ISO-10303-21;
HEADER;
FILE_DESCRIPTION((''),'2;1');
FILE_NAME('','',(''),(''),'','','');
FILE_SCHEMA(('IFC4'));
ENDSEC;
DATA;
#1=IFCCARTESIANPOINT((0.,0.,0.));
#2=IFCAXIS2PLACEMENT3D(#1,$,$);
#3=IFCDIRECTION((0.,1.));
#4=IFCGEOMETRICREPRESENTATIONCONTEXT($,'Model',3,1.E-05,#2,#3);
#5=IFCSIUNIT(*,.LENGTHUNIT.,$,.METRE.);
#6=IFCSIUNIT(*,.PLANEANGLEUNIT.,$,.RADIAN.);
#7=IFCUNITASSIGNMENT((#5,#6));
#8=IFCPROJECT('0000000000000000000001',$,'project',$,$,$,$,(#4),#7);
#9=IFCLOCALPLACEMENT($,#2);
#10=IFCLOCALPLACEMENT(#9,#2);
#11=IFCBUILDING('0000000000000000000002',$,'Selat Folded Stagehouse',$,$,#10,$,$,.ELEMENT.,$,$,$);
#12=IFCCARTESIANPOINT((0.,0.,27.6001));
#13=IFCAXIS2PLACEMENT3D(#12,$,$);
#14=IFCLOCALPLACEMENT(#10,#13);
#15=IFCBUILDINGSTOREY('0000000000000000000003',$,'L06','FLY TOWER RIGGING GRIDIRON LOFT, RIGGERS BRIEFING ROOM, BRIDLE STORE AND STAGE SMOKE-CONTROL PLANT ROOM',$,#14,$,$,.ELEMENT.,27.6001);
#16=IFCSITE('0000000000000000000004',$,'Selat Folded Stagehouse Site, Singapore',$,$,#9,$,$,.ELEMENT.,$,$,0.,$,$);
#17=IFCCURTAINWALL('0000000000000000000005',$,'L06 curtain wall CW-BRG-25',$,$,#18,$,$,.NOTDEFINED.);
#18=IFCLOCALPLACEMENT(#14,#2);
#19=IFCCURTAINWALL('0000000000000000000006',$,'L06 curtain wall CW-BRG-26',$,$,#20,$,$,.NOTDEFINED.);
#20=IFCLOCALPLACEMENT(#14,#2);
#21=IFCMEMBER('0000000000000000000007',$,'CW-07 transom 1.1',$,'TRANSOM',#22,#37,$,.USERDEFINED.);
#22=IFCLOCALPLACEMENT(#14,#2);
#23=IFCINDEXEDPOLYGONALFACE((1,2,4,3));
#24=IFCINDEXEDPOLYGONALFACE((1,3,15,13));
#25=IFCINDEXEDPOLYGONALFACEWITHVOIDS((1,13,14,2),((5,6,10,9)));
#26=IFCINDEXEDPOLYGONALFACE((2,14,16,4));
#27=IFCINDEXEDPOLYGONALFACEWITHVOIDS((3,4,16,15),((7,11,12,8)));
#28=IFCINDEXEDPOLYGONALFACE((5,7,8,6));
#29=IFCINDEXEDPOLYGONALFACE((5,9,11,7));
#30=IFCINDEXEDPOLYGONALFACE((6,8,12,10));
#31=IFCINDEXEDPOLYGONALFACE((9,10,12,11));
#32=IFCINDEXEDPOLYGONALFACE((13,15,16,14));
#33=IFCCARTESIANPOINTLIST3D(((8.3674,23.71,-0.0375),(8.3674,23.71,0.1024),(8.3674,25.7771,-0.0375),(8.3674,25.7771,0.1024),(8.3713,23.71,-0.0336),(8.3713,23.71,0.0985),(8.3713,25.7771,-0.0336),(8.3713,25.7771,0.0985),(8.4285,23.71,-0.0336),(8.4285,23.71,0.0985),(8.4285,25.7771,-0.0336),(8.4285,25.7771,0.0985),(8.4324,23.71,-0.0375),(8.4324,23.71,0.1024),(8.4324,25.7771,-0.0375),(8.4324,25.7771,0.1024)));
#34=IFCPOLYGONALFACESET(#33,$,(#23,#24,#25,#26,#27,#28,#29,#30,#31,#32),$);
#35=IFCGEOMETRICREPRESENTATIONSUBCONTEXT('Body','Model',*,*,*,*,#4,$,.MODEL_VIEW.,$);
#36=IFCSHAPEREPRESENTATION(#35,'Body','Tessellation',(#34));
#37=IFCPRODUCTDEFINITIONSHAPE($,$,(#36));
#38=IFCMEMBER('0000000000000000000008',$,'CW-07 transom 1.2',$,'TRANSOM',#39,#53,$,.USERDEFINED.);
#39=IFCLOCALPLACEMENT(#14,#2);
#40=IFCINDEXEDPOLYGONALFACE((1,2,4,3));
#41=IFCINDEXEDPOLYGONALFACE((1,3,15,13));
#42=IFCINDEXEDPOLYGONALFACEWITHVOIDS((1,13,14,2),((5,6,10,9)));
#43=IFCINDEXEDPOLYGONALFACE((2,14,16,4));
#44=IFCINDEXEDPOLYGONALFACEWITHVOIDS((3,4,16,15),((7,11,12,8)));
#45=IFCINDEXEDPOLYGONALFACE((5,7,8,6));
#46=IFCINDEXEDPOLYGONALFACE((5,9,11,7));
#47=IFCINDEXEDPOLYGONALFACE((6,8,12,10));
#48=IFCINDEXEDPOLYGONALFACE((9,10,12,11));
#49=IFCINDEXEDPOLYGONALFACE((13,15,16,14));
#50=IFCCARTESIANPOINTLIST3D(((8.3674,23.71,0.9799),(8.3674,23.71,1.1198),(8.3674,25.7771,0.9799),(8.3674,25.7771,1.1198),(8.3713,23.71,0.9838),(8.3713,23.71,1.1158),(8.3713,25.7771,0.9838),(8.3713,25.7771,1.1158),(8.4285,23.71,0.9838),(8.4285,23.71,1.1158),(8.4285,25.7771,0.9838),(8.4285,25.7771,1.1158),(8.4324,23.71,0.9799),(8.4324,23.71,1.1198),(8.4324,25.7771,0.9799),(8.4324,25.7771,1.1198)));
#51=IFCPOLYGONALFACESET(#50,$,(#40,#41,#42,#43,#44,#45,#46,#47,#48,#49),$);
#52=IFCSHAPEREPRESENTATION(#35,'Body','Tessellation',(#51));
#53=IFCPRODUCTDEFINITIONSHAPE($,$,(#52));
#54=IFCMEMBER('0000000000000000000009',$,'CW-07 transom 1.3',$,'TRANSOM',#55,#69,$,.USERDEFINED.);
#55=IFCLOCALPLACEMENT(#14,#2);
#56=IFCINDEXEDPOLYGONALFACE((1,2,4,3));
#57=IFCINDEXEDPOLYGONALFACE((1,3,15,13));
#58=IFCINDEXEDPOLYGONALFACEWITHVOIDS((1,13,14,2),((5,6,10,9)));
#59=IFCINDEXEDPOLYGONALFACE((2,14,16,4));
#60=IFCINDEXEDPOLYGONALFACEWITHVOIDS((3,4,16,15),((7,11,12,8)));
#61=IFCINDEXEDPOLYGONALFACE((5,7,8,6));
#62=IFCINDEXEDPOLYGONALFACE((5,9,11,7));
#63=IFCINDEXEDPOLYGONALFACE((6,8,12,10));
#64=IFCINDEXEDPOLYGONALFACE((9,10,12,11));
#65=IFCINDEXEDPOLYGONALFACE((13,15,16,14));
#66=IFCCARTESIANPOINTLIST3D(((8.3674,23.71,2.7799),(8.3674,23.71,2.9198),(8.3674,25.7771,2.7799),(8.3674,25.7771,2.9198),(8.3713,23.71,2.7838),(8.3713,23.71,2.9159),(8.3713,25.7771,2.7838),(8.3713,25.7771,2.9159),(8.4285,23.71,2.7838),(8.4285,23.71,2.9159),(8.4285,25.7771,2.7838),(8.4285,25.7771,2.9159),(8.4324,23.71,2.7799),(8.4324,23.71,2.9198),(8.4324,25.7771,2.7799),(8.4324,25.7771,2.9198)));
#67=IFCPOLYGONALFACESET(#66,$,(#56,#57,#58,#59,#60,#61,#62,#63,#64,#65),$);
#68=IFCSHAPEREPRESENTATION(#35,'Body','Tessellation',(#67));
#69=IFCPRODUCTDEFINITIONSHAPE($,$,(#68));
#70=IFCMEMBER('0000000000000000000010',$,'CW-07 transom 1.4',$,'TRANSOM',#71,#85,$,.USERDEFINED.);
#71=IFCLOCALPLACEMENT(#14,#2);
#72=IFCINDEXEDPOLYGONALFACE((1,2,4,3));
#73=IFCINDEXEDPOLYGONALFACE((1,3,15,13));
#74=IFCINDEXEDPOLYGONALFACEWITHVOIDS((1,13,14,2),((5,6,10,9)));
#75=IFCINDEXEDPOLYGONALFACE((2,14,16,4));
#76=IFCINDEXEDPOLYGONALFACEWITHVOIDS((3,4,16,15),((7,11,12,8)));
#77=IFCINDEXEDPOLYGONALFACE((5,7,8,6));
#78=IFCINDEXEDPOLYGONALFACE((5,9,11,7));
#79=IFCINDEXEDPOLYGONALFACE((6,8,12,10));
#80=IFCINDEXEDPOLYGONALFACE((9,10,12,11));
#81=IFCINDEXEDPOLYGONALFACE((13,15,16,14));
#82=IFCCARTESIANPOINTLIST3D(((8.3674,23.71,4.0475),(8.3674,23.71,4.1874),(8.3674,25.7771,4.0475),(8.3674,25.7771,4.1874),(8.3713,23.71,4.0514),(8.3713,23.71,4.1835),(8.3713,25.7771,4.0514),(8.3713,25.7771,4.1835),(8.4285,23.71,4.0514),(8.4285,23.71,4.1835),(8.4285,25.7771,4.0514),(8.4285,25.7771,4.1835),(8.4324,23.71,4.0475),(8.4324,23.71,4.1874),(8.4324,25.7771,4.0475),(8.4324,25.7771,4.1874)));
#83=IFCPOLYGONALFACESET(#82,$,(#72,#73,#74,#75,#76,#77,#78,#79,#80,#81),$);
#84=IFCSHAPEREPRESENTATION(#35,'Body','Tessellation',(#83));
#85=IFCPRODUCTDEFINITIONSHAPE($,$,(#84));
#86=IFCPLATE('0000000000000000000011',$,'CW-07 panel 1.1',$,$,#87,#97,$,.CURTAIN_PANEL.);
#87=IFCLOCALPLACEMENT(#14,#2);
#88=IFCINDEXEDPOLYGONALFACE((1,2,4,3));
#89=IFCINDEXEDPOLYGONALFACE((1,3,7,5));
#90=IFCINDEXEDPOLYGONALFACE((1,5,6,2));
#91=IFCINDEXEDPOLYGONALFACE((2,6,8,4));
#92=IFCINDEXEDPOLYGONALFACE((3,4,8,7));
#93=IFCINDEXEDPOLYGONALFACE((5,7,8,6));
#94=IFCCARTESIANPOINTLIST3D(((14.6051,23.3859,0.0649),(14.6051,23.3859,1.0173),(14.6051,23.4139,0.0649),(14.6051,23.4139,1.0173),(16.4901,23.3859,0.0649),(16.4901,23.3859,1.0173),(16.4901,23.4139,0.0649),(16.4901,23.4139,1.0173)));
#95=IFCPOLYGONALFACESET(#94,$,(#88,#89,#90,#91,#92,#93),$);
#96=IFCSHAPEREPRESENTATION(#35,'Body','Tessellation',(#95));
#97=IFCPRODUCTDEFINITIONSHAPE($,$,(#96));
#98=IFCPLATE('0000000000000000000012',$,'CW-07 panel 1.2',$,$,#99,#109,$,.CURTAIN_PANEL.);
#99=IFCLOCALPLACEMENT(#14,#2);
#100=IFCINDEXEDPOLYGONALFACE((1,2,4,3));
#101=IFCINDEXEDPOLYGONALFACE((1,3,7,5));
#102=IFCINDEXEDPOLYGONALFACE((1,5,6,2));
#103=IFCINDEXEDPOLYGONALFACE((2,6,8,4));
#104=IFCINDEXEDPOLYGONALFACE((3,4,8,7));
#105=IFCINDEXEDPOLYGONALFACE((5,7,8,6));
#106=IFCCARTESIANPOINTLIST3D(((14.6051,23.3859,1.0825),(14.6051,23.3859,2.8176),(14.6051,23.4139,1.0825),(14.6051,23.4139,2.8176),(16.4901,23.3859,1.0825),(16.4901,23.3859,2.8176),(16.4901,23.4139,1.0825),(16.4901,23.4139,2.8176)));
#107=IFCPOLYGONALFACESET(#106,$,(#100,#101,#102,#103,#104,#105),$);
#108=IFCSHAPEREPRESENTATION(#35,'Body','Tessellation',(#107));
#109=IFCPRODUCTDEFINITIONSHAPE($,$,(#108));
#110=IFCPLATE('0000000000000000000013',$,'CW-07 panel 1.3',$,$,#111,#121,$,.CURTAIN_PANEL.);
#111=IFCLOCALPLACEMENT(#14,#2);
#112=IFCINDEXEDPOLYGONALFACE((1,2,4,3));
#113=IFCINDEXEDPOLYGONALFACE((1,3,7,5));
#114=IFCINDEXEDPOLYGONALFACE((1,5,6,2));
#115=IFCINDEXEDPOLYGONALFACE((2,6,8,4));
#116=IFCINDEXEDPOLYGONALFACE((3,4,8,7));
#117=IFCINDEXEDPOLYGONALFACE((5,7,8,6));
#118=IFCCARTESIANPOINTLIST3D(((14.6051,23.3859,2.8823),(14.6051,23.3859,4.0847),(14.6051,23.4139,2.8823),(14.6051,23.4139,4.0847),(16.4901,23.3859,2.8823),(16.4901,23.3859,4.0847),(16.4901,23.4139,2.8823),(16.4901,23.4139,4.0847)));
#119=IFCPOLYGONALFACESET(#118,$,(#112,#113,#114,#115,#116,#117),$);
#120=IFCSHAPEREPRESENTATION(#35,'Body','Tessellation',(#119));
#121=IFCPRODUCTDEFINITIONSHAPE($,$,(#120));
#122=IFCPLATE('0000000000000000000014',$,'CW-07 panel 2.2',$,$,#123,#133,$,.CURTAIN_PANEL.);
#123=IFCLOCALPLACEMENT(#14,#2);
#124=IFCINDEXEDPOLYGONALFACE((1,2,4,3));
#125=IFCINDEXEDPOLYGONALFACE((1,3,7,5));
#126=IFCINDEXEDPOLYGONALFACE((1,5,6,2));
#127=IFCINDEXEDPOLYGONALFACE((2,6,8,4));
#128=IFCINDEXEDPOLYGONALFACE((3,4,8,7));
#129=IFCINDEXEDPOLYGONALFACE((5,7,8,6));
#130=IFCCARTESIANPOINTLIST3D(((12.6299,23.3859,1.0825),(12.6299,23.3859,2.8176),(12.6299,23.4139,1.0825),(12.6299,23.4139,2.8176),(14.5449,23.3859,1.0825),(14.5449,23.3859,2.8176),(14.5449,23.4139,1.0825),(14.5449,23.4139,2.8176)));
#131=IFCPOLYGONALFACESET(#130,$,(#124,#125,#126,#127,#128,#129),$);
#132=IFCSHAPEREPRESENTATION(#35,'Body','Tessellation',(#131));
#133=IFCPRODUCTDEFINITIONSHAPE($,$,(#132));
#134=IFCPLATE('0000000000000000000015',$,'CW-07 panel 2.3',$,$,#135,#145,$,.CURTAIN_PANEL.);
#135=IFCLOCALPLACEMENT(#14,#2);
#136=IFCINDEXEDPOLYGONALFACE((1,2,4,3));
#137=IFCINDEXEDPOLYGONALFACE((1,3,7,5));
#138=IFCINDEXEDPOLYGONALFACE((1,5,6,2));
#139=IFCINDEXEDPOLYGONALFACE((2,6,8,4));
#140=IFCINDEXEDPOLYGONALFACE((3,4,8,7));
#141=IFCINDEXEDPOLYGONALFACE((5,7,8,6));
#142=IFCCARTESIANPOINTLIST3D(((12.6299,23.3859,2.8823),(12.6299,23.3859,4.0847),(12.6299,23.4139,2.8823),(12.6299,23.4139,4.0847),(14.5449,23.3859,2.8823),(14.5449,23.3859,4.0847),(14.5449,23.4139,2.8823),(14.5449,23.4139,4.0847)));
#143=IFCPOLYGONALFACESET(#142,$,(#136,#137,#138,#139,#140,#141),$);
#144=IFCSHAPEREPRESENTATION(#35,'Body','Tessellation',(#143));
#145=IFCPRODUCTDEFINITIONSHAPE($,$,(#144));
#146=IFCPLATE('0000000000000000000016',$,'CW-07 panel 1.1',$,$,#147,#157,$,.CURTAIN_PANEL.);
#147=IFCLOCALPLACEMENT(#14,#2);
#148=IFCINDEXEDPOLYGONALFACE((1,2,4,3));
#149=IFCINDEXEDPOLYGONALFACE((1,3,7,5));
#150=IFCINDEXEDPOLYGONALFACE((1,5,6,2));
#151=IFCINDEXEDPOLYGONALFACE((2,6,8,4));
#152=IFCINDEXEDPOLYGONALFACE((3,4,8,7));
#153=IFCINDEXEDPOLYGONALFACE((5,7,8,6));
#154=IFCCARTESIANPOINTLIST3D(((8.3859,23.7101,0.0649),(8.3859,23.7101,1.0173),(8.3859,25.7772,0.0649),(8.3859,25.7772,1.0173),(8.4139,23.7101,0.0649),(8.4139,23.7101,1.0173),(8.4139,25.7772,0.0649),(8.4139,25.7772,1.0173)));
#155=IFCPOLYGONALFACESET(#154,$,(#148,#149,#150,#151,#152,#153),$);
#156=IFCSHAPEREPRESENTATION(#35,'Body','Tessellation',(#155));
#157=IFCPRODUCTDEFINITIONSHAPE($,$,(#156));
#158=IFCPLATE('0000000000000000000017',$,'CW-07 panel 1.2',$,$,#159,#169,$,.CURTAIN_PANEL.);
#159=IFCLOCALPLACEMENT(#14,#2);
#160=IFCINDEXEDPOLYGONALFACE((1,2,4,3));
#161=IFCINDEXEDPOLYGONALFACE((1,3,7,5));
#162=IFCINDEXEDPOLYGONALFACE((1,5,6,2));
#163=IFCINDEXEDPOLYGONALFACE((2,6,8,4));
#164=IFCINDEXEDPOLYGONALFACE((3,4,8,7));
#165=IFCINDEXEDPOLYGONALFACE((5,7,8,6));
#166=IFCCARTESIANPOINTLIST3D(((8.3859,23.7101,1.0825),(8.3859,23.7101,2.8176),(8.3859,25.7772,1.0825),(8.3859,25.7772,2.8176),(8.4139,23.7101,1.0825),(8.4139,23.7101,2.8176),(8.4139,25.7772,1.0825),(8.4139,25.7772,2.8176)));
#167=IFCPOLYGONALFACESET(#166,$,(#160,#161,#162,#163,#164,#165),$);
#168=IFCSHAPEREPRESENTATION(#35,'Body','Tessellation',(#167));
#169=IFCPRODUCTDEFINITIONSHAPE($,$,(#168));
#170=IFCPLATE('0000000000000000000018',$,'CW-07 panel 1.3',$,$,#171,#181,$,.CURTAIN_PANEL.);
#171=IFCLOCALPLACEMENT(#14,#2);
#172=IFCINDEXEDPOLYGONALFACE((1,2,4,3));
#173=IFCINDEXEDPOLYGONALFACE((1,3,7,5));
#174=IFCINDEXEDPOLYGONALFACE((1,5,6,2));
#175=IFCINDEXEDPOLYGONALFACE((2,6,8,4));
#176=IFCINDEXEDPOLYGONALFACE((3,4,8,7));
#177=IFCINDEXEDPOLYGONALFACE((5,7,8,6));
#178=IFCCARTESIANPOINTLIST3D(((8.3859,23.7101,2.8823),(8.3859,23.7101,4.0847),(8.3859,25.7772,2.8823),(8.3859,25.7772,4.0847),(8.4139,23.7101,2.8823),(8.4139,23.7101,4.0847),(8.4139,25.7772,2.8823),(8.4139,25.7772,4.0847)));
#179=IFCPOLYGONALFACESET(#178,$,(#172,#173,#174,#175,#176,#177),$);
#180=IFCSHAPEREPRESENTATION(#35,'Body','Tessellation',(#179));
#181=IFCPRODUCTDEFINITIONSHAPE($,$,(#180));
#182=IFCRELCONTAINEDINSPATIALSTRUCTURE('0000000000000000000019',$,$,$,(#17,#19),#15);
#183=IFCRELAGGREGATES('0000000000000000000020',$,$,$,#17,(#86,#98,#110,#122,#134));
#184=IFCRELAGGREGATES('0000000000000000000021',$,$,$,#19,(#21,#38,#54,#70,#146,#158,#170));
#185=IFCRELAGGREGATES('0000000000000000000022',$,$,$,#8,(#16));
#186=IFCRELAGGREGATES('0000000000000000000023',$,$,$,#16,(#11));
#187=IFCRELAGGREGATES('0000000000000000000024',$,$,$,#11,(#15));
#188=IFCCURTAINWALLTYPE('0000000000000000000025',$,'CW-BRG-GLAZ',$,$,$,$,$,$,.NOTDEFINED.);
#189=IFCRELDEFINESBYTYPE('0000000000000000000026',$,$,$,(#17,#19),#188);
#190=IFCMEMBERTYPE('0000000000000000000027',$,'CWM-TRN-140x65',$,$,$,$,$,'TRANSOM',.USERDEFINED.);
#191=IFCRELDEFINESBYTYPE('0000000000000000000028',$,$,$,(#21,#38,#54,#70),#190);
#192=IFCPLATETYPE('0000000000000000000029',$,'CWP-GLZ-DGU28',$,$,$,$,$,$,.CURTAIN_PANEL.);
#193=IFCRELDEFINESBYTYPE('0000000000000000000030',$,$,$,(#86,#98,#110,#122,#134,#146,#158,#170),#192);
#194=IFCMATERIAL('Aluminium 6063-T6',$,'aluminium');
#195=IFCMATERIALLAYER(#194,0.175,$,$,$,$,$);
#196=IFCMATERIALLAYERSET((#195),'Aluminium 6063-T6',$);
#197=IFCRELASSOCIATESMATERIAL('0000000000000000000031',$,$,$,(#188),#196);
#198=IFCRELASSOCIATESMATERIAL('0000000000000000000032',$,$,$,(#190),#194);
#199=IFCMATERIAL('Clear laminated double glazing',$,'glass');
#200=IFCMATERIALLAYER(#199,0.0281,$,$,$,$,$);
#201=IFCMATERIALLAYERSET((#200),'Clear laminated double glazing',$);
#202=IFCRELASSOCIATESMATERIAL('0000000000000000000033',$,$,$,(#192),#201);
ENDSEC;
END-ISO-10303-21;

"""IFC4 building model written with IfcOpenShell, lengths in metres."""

from ifc_helpers import new_model, si_unit, direction, frame, origin, origin_2d, place, context, subcontext, project, spatial, rectangle, hollow_rectangle, extrude, material, layer, layer_set, material_profile, profile_set, type_object, element, aggregate, save


model = new_model("IFC4")

# Units and contexts
model_context = context("Model", 3, precision=1e-05, world=origin(), true_north=direction((0.0, 1.0)))
body_context = subcontext(model_context, "Body", "Model", "MODEL_VIEW")
ifc_project = project(units=[si_unit("LENGTHUNIT", "METRE"), si_unit("PLANEANGLEUNIT", "RADIAN")], contexts=[model_context])

# Site, building, storey
site_placement = place(None, origin())
site = spatial("IfcSite", under=ifc_project, at=site_placement, Name="Selat Folded Stagehouse Site, Singapore", CompositionType="ELEMENT", RefElevation=0.0)
building_placement = place(site_placement, origin())
building = spatial("IfcBuilding", under=site, at=building_placement, Name="Selat Folded Stagehouse", CompositionType="ELEMENT")
storey_placement = place(building_placement, frame((0.0, 0.0, 27.6001)))
storey = spatial("IfcBuildingStorey", under=building, at=storey_placement, Name="L06", Description="FLY TOWER RIGGING GRIDIRON LOFT, RIGGERS BRIEFING ROOM, BRIDLE STORE AND STAGE SMOKE-CONTROL PLANT ROOM", CompositionType="ELEMENT", Elevation=27.6001)

# Curtain wall
ifc_material_1 = material(Name="Aluminium 6063-T6", Category="aluminium")
ifc_layer_1 = layer(ifc_material_1, 0.175)
ifc_layer_set_1 = layer_set([ifc_layer_1], Name="Aluminium 6063-T6")
curtain_wall_type = type_object("IfcCurtainWallType", Name="CW-BRG-GLAZ", PredefinedType="NOTDEFINED", material=ifc_layer_set_1)
curtain_wall_1_placement = place(storey_placement, origin())
curtain_wall_1 = element("IfcCurtainWall", 1, at=curtain_wall_1_placement, inside=storey, type_object=curtain_wall_type, Name="L06 curtain wall CW-BRG-25", PredefinedType="NOTDEFINED")

# Curtain wall
curtain_wall_2_placement = place(storey_placement, origin())
curtain_wall_2 = element("IfcCurtainWall", 2, at=curtain_wall_2_placement, inside=storey, type_object=curtain_wall_type, Name="L06 curtain wall CW-BRG-26", PredefinedType="NOTDEFINED")

# Members
ifc_material_profile_1 = material_profile(ifc_material_1, hollow_rectangle(XDim=0.0649, YDim=0.1399, WallThickness=0.0039, at=origin_2d()), Name="ALU 140x65x4.0")
ifc_profile_set_1 = profile_set([ifc_material_profile_1], Name="Aluminium 6063-T6")
member_type_1 = type_object("IfcMemberType", Name="CWM-TRN-140x65", ElementType="TRANSOM", PredefinedType="USERDEFINED", material=ifc_profile_set_1)
member_1_placement = place(storey_placement, frame((8.3999, 23.71, 0.0325), z_axis=(0.0, 1.0, 0.0), x_axis=(-1.0, 0.0, 0.0)))
member_1 = element("IfcMember", 3, at=member_1_placement, type_object=member_type_1, Name="CW-07 transom 1.1", ObjectType="TRANSOM", PredefinedType="USERDEFINED", context=body_context, shape_type="SweptSolid", body=[
    extrude(hollow_rectangle(XDim=0.0649, YDim=0.1399, WallThickness=0.0039, at=origin_2d()), origin(), (0.0, 0.0, 1.0), 2.0671),
])
member_2_placement = place(storey_placement, frame((8.3999, 23.71, 1.0498), z_axis=(0.0, 1.0, 0.0), x_axis=(-1.0, 0.0, 0.0)))
member_2 = element("IfcMember", 4, at=member_2_placement, type_object=member_type_1, Name="CW-07 transom 1.2", ObjectType="TRANSOM", PredefinedType="USERDEFINED", context=body_context, shape_type="SweptSolid", body=[
    extrude(hollow_rectangle(XDim=0.0649, YDim=0.1399, WallThickness=0.0039, at=origin_2d()), origin(), (0.0, 0.0, 1.0), 2.0671),
])
member_3_placement = place(storey_placement, frame((8.3999, 23.71, 2.8499), z_axis=(0.0, 1.0, 0.0), x_axis=(-1.0, 0.0, 0.0)))
member_3 = element("IfcMember", 5, at=member_3_placement, type_object=member_type_1, Name="CW-07 transom 1.3", ObjectType="TRANSOM", PredefinedType="USERDEFINED", context=body_context, shape_type="SweptSolid", body=[
    extrude(hollow_rectangle(XDim=0.0649, YDim=0.1399, WallThickness=0.0039, at=origin_2d()), origin(), (0.0, 0.0, 1.0), 2.0671),
])
member_4_placement = place(storey_placement, frame((8.3999, 23.71, 4.1174), z_axis=(0.0, 1.0, 0.0), x_axis=(-1.0, 0.0, 0.0)))
member_4 = element("IfcMember", 6, at=member_4_placement, type_object=member_type_1, Name="CW-07 transom 1.4", ObjectType="TRANSOM", PredefinedType="USERDEFINED", context=body_context, shape_type="SweptSolid", body=[
    extrude(hollow_rectangle(XDim=0.0649, YDim=0.1399, WallThickness=0.0039, at=origin_2d()), origin(), (0.0, 0.0, 1.0), 2.0671),
])

# Plates
ifc_material_2 = material(Name="Clear laminated double glazing", Category="glass")
ifc_layer_2 = layer(ifc_material_2, 0.0281)
ifc_layer_set_2 = layer_set([ifc_layer_2], Name="Clear laminated double glazing")
plate_type = type_object("IfcPlateType", Name="CWP-GLZ-DGU28", PredefinedType="CURTAIN_PANEL", material=ifc_layer_set_2)
plate_1_placement = place(storey_placement, frame((15.5476, 23.3999, 0.0649), z_axis=(0.0, 0.0, 1.0), x_axis=(-1.0, 0.0, 0.0)))
plate_1 = element("IfcPlate", 7, at=plate_1_placement, type_object=plate_type, Name="CW-07 panel 1.1", PredefinedType="CURTAIN_PANEL", context=body_context, shape_type="SweptSolid", body=[
    extrude(rectangle(XDim=1.885, YDim=0.0281, at=origin_2d()), origin(), (0.0, 0.0, 1.0), 0.9524),
])
plate_2_placement = place(storey_placement, frame((15.5476, 23.3999, 1.0825), z_axis=(0.0, 0.0, 1.0), x_axis=(-1.0, 0.0, 0.0)))
plate_2 = element("IfcPlate", 8, at=plate_2_placement, type_object=plate_type, Name="CW-07 panel 1.2", PredefinedType="CURTAIN_PANEL", context=body_context, shape_type="SweptSolid", body=[
    extrude(rectangle(XDim=1.885, YDim=0.0281, at=origin_2d()), origin(), (0.0, 0.0, 1.0), 1.7351),
])
plate_3_placement = place(storey_placement, frame((15.5476, 23.3999, 2.8823), z_axis=(0.0, 0.0, 1.0), x_axis=(-1.0, 0.0, 0.0)))
plate_3 = element("IfcPlate", 9, at=plate_3_placement, type_object=plate_type, Name="CW-07 panel 1.3", PredefinedType="CURTAIN_PANEL", context=body_context, shape_type="SweptSolid", body=[
    extrude(rectangle(XDim=1.885, YDim=0.0281, at=origin_2d()), origin(), (0.0, 0.0, 1.0), 1.2024),
])
plate_4_placement = place(storey_placement, frame((13.5874, 23.3999, 1.0825), z_axis=(0.0, 0.0, 1.0), x_axis=(-1.0, 0.0, 0.0)))
plate_4 = element("IfcPlate", 10, at=plate_4_placement, type_object=plate_type, Name="CW-07 panel 2.2", PredefinedType="CURTAIN_PANEL", context=body_context, shape_type="SweptSolid", body=[
    extrude(rectangle(XDim=1.915, YDim=0.0281, at=origin_2d()), origin(), (0.0, 0.0, 1.0), 1.7351),
])
plate_5_placement = place(storey_placement, frame((13.5874, 23.3999, 2.8823), z_axis=(0.0, 0.0, 1.0), x_axis=(-1.0, 0.0, 0.0)))
plate_5 = element("IfcPlate", 11, at=plate_5_placement, type_object=plate_type, Name="CW-07 panel 2.3", PredefinedType="CURTAIN_PANEL", context=body_context, shape_type="SweptSolid", body=[
    extrude(rectangle(XDim=1.915, YDim=0.0281, at=origin_2d()), origin(), (0.0, 0.0, 1.0), 1.2024),
])
aggregate(curtain_wall_1, [plate_1, plate_2, plate_3, plate_4, plate_5])
plate_6_placement = place(storey_placement, frame((8.3999, 24.7437, 0.0649), z_axis=(0.0, 0.0, 1.0), x_axis=(0.0, 1.0, 0.0)))
plate_6 = element("IfcPlate", 12, at=plate_6_placement, type_object=plate_type, Name="CW-07 panel 1.1", PredefinedType="CURTAIN_PANEL", context=body_context, shape_type="SweptSolid", body=[
    extrude(rectangle(XDim=2.0671, YDim=0.0281, at=origin_2d()), origin(), (0.0, 0.0, 1.0), 0.9524),
])
plate_7_placement = place(storey_placement, frame((8.3999, 24.7437, 1.0825), z_axis=(0.0, 0.0, 1.0), x_axis=(0.0, 1.0, 0.0)))
plate_7 = element("IfcPlate", 13, at=plate_7_placement, type_object=plate_type, Name="CW-07 panel 1.2", PredefinedType="CURTAIN_PANEL", context=body_context, shape_type="SweptSolid", body=[
    extrude(rectangle(XDim=2.0671, YDim=0.0281, at=origin_2d()), origin(), (0.0, 0.0, 1.0), 1.7351),
])
plate_8_placement = place(storey_placement, frame((8.3999, 24.7437, 2.8823), z_axis=(0.0, 0.0, 1.0), x_axis=(0.0, 1.0, 0.0)))
plate_8 = element("IfcPlate", 14, at=plate_8_placement, type_object=plate_type, Name="CW-07 panel 1.3", PredefinedType="CURTAIN_PANEL", context=body_context, shape_type="SweptSolid", body=[
    extrude(rectangle(XDim=2.0671, YDim=0.0281, at=origin_2d()), origin(), (0.0, 0.0, 1.0), 1.2024),
])
aggregate(curtain_wall_2, [member_1, member_2, member_3, member_4, plate_6, plate_7, plate_8])

save(model, "model.ifc")
